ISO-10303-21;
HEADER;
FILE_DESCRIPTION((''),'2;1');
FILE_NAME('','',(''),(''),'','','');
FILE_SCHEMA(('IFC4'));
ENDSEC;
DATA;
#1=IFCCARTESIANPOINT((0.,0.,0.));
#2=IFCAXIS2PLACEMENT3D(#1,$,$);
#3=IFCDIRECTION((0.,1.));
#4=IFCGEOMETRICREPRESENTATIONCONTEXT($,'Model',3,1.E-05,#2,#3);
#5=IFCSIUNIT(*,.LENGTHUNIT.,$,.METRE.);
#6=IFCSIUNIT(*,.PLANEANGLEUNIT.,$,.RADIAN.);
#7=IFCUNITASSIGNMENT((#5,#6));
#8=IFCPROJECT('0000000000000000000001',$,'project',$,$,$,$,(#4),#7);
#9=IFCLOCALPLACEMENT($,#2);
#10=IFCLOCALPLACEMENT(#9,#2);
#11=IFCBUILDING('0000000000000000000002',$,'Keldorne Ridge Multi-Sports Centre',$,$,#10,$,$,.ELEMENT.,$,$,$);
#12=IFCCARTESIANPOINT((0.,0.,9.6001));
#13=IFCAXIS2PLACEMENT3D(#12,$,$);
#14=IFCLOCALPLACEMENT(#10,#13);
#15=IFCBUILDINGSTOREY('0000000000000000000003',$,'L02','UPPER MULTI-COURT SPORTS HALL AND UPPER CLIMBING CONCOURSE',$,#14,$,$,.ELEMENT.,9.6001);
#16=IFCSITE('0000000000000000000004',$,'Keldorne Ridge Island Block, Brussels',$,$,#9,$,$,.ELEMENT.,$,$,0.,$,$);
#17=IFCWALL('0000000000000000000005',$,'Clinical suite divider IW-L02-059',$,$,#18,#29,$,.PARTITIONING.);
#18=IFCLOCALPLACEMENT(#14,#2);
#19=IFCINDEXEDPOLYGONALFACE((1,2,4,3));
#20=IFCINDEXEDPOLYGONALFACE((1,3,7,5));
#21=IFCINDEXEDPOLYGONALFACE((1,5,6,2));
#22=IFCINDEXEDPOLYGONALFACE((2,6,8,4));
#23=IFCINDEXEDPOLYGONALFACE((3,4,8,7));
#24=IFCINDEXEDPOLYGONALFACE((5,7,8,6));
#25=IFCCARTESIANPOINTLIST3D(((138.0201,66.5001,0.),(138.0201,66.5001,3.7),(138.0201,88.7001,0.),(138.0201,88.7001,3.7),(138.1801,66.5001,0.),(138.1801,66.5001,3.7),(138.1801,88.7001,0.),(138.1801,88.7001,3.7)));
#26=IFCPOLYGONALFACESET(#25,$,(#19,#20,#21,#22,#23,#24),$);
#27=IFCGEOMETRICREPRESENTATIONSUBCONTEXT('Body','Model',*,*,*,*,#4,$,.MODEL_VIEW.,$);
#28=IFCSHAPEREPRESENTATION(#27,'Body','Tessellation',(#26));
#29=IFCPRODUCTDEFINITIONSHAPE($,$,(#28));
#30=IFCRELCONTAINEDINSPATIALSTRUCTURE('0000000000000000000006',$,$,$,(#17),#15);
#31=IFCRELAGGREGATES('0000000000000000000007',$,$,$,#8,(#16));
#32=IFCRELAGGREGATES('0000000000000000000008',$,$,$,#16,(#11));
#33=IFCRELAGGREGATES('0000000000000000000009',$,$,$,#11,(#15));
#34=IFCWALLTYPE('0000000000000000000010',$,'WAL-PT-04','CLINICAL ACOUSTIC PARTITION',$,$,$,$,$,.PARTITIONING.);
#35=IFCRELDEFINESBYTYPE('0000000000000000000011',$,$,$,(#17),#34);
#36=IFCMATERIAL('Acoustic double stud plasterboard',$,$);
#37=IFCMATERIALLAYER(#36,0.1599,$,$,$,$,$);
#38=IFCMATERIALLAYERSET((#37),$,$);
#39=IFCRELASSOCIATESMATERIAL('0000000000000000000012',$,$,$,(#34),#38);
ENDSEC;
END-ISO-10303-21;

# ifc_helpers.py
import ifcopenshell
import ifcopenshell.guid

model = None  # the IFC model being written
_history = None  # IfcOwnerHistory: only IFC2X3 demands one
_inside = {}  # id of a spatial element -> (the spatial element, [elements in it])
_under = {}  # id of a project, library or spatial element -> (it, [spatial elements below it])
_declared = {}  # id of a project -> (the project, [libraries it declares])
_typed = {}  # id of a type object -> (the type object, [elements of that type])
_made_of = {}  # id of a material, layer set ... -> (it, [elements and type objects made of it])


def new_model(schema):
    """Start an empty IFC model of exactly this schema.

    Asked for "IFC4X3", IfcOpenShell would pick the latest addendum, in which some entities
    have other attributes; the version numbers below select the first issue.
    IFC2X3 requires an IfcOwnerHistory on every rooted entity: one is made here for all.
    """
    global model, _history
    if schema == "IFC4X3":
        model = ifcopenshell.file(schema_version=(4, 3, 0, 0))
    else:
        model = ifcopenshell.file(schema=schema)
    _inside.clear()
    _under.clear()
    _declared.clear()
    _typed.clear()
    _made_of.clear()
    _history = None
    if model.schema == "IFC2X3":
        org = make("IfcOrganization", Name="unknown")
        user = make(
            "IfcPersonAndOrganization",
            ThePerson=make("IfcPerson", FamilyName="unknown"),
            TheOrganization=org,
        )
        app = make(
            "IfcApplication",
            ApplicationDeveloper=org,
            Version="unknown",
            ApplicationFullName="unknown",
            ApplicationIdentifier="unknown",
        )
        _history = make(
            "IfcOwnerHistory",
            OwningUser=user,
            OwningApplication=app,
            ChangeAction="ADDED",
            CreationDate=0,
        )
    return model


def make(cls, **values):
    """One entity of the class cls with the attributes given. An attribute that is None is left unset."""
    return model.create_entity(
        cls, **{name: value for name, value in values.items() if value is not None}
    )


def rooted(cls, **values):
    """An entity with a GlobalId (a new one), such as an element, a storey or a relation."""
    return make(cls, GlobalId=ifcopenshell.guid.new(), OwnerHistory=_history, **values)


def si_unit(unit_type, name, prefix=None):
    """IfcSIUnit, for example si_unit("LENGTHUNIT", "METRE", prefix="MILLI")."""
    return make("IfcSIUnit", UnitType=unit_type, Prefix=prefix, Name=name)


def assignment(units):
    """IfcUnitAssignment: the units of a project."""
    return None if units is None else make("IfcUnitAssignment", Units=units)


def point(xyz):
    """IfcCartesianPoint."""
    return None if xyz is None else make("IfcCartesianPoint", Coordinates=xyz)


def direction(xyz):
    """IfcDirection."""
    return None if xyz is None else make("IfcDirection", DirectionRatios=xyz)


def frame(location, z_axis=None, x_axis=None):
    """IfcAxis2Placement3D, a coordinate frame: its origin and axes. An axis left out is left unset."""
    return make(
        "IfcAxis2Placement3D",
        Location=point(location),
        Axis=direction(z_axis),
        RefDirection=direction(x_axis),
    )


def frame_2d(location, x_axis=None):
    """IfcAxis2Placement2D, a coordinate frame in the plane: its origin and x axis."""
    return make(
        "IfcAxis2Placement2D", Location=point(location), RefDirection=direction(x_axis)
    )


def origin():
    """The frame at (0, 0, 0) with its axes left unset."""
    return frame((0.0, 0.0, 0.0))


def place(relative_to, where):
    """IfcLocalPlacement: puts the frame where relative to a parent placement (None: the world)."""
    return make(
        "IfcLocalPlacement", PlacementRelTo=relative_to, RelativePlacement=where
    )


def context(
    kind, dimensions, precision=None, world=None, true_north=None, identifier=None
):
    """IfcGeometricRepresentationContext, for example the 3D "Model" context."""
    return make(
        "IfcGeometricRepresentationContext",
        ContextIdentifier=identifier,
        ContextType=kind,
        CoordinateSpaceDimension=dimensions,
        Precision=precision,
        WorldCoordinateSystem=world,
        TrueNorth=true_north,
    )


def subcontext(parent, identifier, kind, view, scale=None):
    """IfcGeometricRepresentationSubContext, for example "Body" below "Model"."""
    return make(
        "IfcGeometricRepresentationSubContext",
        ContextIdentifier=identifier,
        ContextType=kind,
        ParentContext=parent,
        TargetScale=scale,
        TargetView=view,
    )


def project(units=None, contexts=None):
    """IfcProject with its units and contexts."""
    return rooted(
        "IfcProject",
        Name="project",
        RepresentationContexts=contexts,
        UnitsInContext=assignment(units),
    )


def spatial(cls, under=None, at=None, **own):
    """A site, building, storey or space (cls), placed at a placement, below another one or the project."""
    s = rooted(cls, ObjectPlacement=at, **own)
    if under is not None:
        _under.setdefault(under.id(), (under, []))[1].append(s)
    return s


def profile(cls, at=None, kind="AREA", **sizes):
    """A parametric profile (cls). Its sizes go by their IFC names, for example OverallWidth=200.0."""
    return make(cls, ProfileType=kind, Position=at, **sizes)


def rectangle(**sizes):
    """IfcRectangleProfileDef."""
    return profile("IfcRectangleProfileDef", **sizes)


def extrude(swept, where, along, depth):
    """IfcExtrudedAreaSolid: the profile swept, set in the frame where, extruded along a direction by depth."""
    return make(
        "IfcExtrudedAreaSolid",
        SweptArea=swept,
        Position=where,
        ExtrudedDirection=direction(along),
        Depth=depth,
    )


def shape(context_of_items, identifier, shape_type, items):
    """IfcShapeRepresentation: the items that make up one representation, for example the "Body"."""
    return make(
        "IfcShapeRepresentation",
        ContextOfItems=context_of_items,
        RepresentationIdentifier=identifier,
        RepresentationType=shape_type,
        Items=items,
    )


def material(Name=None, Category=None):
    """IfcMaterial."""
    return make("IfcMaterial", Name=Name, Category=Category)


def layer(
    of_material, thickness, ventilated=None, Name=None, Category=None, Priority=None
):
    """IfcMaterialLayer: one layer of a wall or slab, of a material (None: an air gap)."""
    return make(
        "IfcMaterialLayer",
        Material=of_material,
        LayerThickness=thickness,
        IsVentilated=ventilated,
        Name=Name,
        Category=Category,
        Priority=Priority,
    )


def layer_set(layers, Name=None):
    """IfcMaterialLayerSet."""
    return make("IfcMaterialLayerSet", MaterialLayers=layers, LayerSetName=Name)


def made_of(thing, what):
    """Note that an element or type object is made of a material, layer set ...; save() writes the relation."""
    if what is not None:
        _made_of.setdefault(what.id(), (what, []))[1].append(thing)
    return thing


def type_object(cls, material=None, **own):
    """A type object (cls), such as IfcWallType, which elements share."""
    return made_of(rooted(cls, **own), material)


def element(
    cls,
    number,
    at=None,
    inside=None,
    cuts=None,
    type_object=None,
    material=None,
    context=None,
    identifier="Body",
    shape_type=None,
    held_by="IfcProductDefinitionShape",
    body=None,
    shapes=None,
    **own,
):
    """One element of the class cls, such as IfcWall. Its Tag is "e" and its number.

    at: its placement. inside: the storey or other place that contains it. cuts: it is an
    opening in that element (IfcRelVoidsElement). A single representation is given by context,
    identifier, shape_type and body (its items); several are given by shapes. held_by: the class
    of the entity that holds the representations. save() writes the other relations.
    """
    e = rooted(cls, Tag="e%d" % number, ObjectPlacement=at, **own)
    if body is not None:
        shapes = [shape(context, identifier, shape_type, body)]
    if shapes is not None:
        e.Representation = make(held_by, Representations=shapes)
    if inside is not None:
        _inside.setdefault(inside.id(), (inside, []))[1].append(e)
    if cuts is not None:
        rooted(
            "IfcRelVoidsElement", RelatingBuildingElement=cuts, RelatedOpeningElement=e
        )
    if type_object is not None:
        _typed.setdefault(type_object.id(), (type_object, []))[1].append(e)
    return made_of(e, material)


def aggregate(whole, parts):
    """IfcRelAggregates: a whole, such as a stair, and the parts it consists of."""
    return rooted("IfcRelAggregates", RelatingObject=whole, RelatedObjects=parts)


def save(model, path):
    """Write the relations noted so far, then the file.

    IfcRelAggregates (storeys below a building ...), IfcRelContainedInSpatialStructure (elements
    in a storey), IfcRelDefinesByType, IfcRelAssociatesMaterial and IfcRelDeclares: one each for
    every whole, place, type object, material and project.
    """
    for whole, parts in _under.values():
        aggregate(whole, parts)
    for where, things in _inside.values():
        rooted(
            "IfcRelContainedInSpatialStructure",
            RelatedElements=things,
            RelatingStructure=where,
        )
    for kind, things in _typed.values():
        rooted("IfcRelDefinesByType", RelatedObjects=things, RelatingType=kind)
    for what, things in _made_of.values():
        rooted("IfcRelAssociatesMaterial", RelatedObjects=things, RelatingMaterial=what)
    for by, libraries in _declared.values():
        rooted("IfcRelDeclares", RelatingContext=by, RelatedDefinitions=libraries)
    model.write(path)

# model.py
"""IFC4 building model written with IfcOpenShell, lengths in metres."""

from ifc_helpers import new_model, si_unit, direction, frame, frame_2d, origin, place, context, subcontext, project, spatial, rectangle, extrude, material, layer, layer_set, type_object, element, save


model = new_model("IFC4")

# Units and contexts
model_context = context("Model", 3, precision=1e-05, world=origin(), true_north=direction((0.0, 1.0)))
body_context = subcontext(model_context, "Body", "Model", "MODEL_VIEW")
ifc_project = project(units=[si_unit("LENGTHUNIT", "METRE"), si_unit("PLANEANGLEUNIT", "RADIAN")], contexts=[model_context])

# Site, building, storey
site_placement = place(None, origin())
site = spatial("IfcSite", under=ifc_project, at=site_placement, Name="Keldorne Ridge Island Block, Brussels", CompositionType="ELEMENT", RefElevation=0.0)
building_placement = place(site_placement, origin())
building = spatial("IfcBuilding", under=site, at=building_placement, Name="Keldorne Ridge Multi-Sports Centre", CompositionType="ELEMENT")
storey_placement = place(building_placement, frame((0.0, 0.0, 9.6001)))
storey = spatial("IfcBuildingStorey", under=building, at=storey_placement, Name="L02", Description="UPPER MULTI-COURT SPORTS HALL AND UPPER CLIMBING CONCOURSE", CompositionType="ELEMENT", Elevation=9.6001)

# Wall
ifc_material_1 = material(Name="Acoustic double stud plasterboard")
ifc_layer_1 = layer(ifc_material_1, 0.1599)
ifc_layer_set_1 = layer_set([ifc_layer_1])
wall_type_1 = type_object("IfcWallType", Name="WAL-PT-04", Description="CLINICAL ACOUSTIC PARTITION", PredefinedType="PARTITIONING", material=ifc_layer_set_1)
wall_1_placement = place(storey_placement, frame((138.1001, 66.5, 0.0), z_axis=(0.0, 0.0, 1.0), x_axis=(0.0, 1.0, 0.0)))
element("IfcWall", 1, at=wall_1_placement, inside=storey, type_object=wall_type_1, Name="Clinical suite divider IW-L02-059", PredefinedType="PARTITIONING", context=body_context, shape_type="SweptSolid", body=[
    extrude(rectangle(XDim=22.2, YDim=0.1599, at=frame_2d((11.1001, 0.0))), origin(), (0.0, 0.0, 1.0), 3.7),
])

save(model, "model.ifc")
